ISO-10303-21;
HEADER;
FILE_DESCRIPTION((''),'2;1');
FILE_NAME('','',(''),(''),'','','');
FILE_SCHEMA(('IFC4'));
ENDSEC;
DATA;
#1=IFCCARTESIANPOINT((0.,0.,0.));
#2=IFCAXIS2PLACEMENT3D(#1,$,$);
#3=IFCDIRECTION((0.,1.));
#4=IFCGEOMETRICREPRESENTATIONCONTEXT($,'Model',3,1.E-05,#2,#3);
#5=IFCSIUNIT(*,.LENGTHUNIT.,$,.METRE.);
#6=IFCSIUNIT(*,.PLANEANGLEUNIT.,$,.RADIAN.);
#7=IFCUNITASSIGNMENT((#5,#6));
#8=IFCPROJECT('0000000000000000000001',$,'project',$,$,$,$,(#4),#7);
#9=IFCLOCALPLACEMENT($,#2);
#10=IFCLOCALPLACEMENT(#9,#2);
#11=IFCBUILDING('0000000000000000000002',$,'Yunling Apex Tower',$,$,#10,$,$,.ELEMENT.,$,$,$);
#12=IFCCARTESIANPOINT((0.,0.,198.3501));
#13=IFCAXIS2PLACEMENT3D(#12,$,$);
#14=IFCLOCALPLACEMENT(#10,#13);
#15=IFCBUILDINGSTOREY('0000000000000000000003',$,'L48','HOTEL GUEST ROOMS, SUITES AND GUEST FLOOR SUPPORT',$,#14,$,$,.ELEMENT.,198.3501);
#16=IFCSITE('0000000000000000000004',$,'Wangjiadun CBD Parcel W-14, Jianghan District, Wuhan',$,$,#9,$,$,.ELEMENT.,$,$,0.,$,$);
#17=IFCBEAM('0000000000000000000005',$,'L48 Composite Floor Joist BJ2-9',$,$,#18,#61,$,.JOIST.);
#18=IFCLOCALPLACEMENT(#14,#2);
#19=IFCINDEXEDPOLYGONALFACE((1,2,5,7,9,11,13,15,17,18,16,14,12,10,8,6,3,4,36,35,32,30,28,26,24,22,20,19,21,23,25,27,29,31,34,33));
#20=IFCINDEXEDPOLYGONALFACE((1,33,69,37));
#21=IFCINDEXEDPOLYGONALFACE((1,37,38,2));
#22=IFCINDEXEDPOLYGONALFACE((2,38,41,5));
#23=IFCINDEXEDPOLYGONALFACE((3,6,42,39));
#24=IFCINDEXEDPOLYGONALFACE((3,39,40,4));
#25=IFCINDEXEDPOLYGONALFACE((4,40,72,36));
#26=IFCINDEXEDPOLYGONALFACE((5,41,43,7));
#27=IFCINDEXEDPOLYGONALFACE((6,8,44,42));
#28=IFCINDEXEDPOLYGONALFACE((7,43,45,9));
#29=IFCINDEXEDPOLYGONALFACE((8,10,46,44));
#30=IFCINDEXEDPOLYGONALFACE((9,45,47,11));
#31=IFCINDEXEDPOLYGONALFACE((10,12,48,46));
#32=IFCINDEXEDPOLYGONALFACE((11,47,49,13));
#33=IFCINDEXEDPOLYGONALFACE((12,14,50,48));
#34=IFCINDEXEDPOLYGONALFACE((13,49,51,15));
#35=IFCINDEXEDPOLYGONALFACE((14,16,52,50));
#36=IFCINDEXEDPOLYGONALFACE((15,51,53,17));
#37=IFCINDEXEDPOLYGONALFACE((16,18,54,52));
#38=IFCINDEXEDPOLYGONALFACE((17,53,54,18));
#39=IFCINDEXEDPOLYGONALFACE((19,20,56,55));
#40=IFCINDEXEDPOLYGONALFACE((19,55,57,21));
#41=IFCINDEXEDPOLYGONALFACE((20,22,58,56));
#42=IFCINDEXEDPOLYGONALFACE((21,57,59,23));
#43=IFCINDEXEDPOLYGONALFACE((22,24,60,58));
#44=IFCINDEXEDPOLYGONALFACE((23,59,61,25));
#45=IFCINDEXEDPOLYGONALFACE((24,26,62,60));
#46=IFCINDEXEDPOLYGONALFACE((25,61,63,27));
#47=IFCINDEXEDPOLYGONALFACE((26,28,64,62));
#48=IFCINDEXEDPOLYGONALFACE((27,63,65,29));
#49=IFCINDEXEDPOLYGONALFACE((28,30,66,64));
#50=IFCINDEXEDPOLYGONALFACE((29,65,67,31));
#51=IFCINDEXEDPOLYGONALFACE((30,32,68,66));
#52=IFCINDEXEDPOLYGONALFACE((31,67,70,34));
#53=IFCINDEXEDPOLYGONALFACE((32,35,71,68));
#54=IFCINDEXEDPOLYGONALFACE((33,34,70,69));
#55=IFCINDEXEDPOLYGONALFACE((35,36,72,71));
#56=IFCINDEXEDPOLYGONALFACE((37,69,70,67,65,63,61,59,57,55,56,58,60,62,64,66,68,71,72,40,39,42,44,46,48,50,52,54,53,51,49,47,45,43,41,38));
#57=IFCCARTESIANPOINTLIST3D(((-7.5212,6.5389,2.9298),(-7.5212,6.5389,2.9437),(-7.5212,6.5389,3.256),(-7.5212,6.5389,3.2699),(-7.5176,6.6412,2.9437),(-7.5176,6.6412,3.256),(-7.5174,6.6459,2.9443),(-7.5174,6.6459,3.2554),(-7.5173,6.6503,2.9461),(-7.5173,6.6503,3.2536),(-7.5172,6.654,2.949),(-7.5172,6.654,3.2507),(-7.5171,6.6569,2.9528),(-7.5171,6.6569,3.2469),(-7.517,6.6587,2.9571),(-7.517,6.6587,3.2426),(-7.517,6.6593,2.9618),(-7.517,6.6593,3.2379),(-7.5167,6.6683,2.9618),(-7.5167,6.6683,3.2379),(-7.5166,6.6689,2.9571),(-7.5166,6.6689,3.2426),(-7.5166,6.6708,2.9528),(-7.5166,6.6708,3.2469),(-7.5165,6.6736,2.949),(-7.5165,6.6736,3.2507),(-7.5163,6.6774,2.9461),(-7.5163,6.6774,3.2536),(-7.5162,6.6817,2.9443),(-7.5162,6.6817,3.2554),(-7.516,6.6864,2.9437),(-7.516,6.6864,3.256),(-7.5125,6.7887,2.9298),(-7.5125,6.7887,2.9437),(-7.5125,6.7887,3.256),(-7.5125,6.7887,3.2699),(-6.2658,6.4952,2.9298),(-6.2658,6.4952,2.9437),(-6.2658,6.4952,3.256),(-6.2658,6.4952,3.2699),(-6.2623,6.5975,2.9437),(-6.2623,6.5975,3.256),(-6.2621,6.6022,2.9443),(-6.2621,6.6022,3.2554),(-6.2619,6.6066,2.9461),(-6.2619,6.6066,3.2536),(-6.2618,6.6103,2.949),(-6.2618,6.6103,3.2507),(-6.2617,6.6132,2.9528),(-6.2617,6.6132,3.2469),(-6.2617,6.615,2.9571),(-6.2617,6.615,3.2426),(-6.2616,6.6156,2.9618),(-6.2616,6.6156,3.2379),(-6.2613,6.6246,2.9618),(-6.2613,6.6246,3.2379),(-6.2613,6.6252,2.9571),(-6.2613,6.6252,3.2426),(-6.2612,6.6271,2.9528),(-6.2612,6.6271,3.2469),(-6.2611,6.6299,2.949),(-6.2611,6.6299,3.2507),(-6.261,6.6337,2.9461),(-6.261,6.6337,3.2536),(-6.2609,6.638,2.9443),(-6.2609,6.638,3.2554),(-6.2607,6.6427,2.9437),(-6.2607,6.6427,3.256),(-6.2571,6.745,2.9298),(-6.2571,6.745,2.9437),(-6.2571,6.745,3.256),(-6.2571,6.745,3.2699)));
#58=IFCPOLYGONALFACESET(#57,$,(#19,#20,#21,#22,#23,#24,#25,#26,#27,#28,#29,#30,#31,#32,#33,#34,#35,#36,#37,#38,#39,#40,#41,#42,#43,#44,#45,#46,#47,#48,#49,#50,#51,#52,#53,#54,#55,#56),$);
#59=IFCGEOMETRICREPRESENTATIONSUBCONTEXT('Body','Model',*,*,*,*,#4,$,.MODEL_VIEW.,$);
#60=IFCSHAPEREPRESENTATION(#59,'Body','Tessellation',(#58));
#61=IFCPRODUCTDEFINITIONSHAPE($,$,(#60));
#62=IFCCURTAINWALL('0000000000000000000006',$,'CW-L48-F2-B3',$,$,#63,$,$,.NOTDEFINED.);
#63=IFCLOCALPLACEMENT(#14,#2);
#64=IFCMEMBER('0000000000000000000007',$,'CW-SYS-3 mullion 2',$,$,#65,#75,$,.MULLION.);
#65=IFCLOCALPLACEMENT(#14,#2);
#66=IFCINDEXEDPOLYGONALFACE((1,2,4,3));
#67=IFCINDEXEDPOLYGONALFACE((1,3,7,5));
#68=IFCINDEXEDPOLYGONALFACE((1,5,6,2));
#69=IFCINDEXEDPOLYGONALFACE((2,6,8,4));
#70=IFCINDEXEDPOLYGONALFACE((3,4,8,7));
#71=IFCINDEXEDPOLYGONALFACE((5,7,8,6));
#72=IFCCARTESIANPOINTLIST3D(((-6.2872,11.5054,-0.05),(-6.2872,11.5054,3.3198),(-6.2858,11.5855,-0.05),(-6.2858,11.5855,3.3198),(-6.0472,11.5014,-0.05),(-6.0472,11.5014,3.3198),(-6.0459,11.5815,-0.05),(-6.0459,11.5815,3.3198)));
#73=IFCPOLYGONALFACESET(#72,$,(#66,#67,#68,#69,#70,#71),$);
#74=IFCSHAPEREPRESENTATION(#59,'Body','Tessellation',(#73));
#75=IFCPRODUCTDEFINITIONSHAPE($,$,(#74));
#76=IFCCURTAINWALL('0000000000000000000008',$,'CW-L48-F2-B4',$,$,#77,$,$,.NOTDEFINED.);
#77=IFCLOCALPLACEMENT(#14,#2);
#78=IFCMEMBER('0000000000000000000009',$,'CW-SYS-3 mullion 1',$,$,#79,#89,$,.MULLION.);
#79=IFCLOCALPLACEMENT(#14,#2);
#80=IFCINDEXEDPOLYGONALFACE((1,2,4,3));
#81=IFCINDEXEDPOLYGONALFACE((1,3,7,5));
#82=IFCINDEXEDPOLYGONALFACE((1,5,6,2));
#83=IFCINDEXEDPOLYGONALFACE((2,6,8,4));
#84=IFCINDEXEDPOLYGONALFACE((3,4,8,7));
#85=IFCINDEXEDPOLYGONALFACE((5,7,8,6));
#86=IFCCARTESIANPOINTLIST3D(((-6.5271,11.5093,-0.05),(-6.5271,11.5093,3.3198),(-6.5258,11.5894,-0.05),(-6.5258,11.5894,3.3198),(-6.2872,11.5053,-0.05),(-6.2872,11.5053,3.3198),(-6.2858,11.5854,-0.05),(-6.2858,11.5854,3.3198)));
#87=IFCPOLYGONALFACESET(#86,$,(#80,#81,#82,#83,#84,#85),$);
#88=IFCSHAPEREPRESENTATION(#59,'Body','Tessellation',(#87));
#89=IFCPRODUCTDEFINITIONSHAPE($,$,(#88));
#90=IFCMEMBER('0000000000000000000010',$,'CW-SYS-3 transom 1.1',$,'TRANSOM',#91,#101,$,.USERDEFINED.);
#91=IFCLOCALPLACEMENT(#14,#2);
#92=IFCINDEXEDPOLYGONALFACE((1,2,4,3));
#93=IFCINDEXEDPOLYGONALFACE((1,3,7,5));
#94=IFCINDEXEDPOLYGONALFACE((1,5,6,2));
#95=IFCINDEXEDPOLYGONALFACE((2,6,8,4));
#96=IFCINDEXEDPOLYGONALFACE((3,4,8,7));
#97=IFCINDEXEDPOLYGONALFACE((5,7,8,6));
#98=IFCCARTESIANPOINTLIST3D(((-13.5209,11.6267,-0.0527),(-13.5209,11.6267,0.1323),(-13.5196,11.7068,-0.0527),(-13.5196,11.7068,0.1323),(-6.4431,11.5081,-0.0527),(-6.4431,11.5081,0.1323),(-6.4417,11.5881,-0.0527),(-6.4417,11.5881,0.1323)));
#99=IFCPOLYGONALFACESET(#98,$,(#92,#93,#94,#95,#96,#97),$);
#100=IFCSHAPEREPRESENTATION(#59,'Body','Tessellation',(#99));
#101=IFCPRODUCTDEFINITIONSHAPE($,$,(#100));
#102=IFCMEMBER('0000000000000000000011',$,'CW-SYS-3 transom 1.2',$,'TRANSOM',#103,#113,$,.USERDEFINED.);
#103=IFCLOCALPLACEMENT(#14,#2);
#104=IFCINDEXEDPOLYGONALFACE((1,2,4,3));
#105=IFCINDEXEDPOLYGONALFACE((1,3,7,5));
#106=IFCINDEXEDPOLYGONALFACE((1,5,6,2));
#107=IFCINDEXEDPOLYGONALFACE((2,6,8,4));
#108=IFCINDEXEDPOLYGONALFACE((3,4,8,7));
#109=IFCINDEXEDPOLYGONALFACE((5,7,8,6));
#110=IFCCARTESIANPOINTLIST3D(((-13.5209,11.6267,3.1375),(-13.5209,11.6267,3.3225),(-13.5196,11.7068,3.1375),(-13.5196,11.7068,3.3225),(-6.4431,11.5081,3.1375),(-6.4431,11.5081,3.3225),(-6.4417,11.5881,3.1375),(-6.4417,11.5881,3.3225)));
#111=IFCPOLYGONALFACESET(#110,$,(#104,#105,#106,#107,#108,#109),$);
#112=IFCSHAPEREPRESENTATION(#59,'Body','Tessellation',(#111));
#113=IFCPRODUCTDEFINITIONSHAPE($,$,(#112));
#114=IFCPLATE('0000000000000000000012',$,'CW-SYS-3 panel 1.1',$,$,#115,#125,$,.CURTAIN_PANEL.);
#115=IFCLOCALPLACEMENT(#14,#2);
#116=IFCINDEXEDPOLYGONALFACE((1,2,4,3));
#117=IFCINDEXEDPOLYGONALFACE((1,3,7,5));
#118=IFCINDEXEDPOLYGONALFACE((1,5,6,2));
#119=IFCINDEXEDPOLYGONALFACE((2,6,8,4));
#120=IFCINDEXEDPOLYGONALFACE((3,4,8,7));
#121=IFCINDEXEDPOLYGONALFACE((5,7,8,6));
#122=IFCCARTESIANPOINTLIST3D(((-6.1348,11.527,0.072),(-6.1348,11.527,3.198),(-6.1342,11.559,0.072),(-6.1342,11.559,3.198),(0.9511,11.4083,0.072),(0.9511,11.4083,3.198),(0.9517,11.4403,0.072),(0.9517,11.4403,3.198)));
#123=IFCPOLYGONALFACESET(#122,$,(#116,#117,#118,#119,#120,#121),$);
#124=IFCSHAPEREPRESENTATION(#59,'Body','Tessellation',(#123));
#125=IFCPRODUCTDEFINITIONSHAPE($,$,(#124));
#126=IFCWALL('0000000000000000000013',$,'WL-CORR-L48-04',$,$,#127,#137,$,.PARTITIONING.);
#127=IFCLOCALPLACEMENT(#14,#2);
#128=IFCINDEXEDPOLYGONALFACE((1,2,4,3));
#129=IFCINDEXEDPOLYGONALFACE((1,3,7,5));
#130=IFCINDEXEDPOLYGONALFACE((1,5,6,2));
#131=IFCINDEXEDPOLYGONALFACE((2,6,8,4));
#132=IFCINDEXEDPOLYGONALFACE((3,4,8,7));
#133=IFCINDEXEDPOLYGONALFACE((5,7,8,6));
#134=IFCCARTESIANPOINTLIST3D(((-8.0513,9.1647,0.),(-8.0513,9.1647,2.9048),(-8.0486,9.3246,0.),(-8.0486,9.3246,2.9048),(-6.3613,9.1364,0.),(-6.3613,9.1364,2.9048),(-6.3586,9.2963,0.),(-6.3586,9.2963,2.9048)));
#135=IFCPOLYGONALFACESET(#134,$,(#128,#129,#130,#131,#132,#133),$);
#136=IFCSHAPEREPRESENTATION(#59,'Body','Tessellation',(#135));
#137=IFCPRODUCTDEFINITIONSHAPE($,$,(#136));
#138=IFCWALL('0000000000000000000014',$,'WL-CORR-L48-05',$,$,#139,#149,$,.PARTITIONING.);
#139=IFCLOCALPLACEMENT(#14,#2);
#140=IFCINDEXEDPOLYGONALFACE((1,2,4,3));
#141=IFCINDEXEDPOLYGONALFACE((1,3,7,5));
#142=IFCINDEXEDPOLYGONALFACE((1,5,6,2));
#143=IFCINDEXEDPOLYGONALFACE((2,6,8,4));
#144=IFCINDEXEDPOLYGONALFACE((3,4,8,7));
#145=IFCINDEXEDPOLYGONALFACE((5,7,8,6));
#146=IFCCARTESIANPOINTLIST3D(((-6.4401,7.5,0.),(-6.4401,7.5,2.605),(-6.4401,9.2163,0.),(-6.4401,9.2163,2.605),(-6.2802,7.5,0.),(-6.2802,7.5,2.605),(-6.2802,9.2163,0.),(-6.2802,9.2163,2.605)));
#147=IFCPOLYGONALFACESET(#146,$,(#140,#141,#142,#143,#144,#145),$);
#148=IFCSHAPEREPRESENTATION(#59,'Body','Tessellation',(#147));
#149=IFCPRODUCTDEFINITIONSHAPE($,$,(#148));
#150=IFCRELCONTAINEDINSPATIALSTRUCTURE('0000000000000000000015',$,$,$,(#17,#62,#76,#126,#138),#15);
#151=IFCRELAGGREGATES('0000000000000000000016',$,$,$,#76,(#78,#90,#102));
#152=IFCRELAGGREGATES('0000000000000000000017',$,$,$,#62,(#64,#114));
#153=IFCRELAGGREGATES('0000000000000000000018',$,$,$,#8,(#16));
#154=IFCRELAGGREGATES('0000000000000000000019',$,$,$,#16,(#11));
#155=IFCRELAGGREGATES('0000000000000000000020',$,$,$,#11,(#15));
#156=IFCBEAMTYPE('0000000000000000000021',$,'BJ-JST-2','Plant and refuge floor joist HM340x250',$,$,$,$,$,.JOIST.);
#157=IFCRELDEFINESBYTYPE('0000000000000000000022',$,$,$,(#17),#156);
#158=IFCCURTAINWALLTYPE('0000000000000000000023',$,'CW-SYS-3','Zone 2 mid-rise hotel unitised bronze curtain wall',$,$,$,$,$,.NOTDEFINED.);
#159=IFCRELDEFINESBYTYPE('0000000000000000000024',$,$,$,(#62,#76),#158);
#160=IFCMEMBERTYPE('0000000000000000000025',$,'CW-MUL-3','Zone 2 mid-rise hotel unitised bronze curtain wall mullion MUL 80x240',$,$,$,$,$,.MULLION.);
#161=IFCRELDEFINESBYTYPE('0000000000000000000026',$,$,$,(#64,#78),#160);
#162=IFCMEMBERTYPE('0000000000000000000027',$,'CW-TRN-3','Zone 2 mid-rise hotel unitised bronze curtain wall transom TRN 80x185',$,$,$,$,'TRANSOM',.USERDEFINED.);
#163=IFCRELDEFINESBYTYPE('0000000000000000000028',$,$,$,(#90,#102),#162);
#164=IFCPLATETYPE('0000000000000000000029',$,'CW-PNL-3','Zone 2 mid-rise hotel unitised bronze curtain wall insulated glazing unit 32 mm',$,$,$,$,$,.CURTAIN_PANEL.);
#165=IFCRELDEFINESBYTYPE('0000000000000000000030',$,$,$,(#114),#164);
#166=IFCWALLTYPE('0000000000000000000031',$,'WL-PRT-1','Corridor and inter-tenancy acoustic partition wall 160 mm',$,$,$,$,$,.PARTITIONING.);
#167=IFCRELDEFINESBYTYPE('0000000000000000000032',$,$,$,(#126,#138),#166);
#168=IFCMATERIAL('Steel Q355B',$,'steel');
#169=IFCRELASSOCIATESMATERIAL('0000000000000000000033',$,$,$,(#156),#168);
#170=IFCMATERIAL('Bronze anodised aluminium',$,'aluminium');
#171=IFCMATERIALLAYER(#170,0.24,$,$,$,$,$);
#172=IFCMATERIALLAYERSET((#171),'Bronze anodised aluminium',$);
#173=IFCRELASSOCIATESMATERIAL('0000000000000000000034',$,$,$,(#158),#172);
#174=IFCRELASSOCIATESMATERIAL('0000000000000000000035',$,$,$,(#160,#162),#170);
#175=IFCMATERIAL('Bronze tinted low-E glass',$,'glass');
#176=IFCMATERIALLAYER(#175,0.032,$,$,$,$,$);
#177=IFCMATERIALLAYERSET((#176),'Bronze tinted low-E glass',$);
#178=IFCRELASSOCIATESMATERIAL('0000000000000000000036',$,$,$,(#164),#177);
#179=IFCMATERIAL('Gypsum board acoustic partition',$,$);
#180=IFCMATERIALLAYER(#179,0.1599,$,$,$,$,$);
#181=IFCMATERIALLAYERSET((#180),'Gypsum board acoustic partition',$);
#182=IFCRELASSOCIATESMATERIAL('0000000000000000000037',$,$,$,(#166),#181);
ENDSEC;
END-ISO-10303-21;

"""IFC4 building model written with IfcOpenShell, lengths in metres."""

from ifc_helpers import new_model, si_unit, direction, frame, frame_2d, origin, origin_2d, place, context, subcontext, project, spatial, rectangle, i_section, extrude, source, transform, mapped, material, layer, layer_set, material_profile, profile_set, type_object, element, aggregate, save


model = new_model("IFC4")

# Units and contexts
model_context = context("Model", 3, precision=1e-05, world=origin(), true_north=direction((0.0, 1.0)))
body_context = subcontext(model_context, "Body", "Model", "MODEL_VIEW")
ifc_project = project(units=[si_unit("LENGTHUNIT", "METRE"), si_unit("PLANEANGLEUNIT", "RADIAN")], contexts=[model_context])

# Site, building, storey
site_placement = place(None, origin())
site = spatial("IfcSite", under=ifc_project, at=site_placement, Name="Wangjiadun CBD Parcel W-14, Jianghan District, Wuhan", CompositionType="ELEMENT", RefElevation=0.0)
building_placement = place(site_placement, origin())
building = spatial("IfcBuilding", under=site, at=building_placement, Name="Yunling Apex Tower", CompositionType="ELEMENT")
storey_placement = place(building_placement, frame((0.0, 0.0, 198.3501)))
storey = spatial("IfcBuildingStorey", under=building, at=storey_placement, Name="L48", Description="HOTEL GUEST ROOMS, SUITES AND GUEST FLOOR SUPPORT", CompositionType="ELEMENT", Elevation=198.3501)

# Beam
ifc_material_1 = material(Name="Steel Q355B", Category="steel")
ifc_material_profile_1 = material_profile(ifc_material_1, i_section(OverallWidth=0.25, OverallDepth=0.3401, WebThickness=0.009, FlangeThickness=0.0139, FilletRadius=0.0181, at=origin_2d()))
ifc_profile_set_1 = profile_set([ifc_material_profile_1], Name="Steel Q355B")
beam_type_1 = type_object("IfcBeamType", Name="BJ-JST-2", Description="Plant and refuge floor joist HM340x250", PredefinedType="JOIST", material=ifc_profile_set_1)
shared_shape_1 = source(origin(), body_context, "Body", "SweptSolid", [
    extrude(i_section(OverallWidth=0.25, OverallDepth=0.3401, WebThickness=0.009, FlangeThickness=0.0139, FilletRadius=0.0181, at=origin_2d()), origin(), (0.0, 0.0, 1.0), 1.2561),
])
beam_1_placement = place(storey_placement, frame((-6.2615, 6.6201, 3.0999), z_axis=(-0.999395, 0.03479, 0.0), x_axis=(-0.03479, -0.999395, 0.0)))
element("IfcBeam", 1, at=beam_1_placement, inside=storey, type_object=beam_type_1, Name="L48 Composite Floor Joist BJ2-9", PredefinedType="JOIST", context=body_context, shape_type="MappedRepresentation", body=[
    mapped(shared_shape_1, transform((0.0, 0.0, 0.0), scale=1.0)),
])

# Curtain wall, member
ifc_material_2 = material(Name="Bronze anodised aluminium", Category="aluminium")
ifc_layer_1 = layer(ifc_material_2, 0.24)
ifc_layer_set_1 = layer_set([ifc_layer_1], Name="Bronze anodised aluminium")
curtain_wall_type = type_object("IfcCurtainWallType", Name="CW-SYS-3", Description="Zone 2 mid-rise hotel unitised bronze curtain wall", PredefinedType="NOTDEFINED", material=ifc_layer_set_1)
curtain_wall_1_placement = place(storey_placement, origin())
curtain_wall_1 = element("IfcCurtainWall", 2, at=curtain_wall_1_placement, inside=storey, type_object=curtain_wall_type, Name="CW-L48-F2-B3", PredefinedType="NOTDEFINED")
ifc_material_profile_2 = material_profile(ifc_material_2, rectangle(XDim=0.0801, YDim=0.24, at=origin_2d()))
ifc_profile_set_2 = profile_set([ifc_material_profile_2], Name="Bronze anodised aluminium")
member_type_1 = type_object("IfcMemberType", Name="CW-MUL-3", Description="Zone 2 mid-rise hotel unitised bronze curtain wall mullion MUL 80x240", PredefinedType="MULLION", material=ifc_profile_set_2)
shared_shape_2 = source(origin(), body_context, "Body", "SweptSolid", [
    extrude(rectangle(XDim=0.0801, YDim=0.24, at=origin_2d()), origin(), (0.0, 0.0, 1.0), 3.3699),
])
member_1_placement = place(storey_placement, frame((-6.1665, 11.5435, -0.05), z_axis=(0.0, 0.0, 1.0), x_axis=(-0.016747, -0.99986, 0.0)))
member_1 = element("IfcMember", 3, at=member_1_placement, type_object=member_type_1, Name="CW-SYS-3 mullion 2", PredefinedType="MULLION", context=body_context, shape_type="MappedRepresentation", body=[
    mapped(shared_shape_2, transform((0.0, 0.0, 0.0), scale=1.0)),
])

# Curtain wall, members
curtain_wall_2_placement = place(storey_placement, origin())
curtain_wall_2 = element("IfcCurtainWall", 4, at=curtain_wall_2_placement, inside=storey, type_object=curtain_wall_type, Name="CW-L48-F2-B4", PredefinedType="NOTDEFINED")
member_2_placement = place(storey_placement, frame((-6.4065, 11.5474, -0.05), z_axis=(0.0, 0.0, 1.0), x_axis=(-0.016761, -0.99986, 0.0)))
member_2 = element("IfcMember", 5, at=member_2_placement, type_object=member_type_1, Name="CW-SYS-3 mullion 1", PredefinedType="MULLION", context=body_context, shape_type="MappedRepresentation", body=[
    mapped(shared_shape_2, transform((0.0, 0.0, 0.0), scale=1.0)),
])
ifc_material_profile_3 = material_profile(ifc_material_2, rectangle(XDim=0.0801, YDim=0.1851, at=origin_2d()))
ifc_profile_set_3 = profile_set([ifc_material_profile_3], Name="Bronze anodised aluminium")
member_type_2 = type_object("IfcMemberType", Name="CW-TRN-3", Description="Zone 2 mid-rise hotel unitised bronze curtain wall transom TRN 80x185", ElementType="TRANSOM", PredefinedType="USERDEFINED", material=ifc_profile_set_3)
shared_shape_3 = source(origin(), body_context, "Body", "SweptSolid", [
    extrude(rectangle(XDim=0.0801, YDim=0.1851, at=origin_2d()), origin(), (0.0, 0.0, 1.0), 7.0789),
])
member_3_placement = place(storey_placement, frame((-6.4424, 11.5481, 0.0398), z_axis=(-0.99986, 0.016761, 0.0), x_axis=(-0.016761, -0.99986, 0.0)))
member_3 = element("IfcMember", 6, at=member_3_placement, type_object=member_type_2, Name="CW-SYS-3 transom 1.1", ObjectType="TRANSOM", PredefinedType="USERDEFINED", context=body_context, shape_type="MappedRepresentation", body=[
    mapped(shared_shape_3, transform((0.0, 0.0, 0.0), scale=1.0)),
])
member_4_placement = place(storey_placement, frame((-6.4424, 11.5481, 3.23), z_axis=(-0.99986, 0.016761, 0.0), x_axis=(-0.016761, -0.99986, 0.0)))
member_4 = element("IfcMember", 7, at=member_4_placement, type_object=member_type_2, Name="CW-SYS-3 transom 1.2", ObjectType="TRANSOM", PredefinedType="USERDEFINED", context=body_context, shape_type="MappedRepresentation", body=[
    mapped(shared_shape_3, transform((0.0, 0.0, 0.0), scale=1.0)),
])
aggregate(curtain_wall_2, [member_2, member_3, member_4])

# Plate
ifc_material_3 = material(Name="Bronze tinted low-E glass", Category="glass")
ifc_layer_2 = layer(ifc_material_3, 0.032)
ifc_layer_set_2 = layer_set([ifc_layer_2], Name="Bronze tinted low-E glass")
plate_type = type_object("IfcPlateType", Name="CW-PNL-3", Description="Zone 2 mid-rise hotel unitised bronze curtain wall insulated glazing unit 32 mm", PredefinedType="CURTAIN_PANEL", material=ifc_layer_set_2)
shared_shape_4 = source(origin(), body_context, "Body", "SweptSolid", [
    extrude(rectangle(XDim=7.0869, YDim=0.032, at=origin_2d()), origin(), (0.0, 0.0, 1.0), 3.126),
])
plate_placement = place(storey_placement, frame((-2.5916, 11.4836, 0.072), z_axis=(0.0, 0.0, 1.0), x_axis=(-0.99986, 0.016747, 0.0)))
plate = element("IfcPlate", 8, at=plate_placement, type_object=plate_type, Name="CW-SYS-3 panel 1.1", PredefinedType="CURTAIN_PANEL", context=body_context, shape_type="MappedRepresentation", body=[
    mapped(shared_shape_4, transform((0.0, 0.0, 0.0), scale=1.0)),
])
aggregate(curtain_wall_1, [member_1, plate])

# Walls
ifc_material_4 = material(Name="Gypsum board acoustic partition")
ifc_layer_3 = layer(ifc_material_4, 0.1599)
ifc_layer_set_3 = layer_set([ifc_layer_3], Name="Gypsum board acoustic partition")
wall_type_1 = type_object("IfcWallType", Name="WL-PRT-1", Description="Corridor and inter-tenancy acoustic partition wall 160 mm", PredefinedType="PARTITIONING", material=ifc_layer_set_3)
wall_1_placement = place(storey_placement, frame((-8.05, 9.2446, 0.0), z_axis=(0.0, 0.0, 1.0), x_axis=(0.99986, -0.016756, 0.0)))
element("IfcWall", 9, at=wall_1_placement, inside=storey, type_object=wall_type_1, Name="WL-CORR-L48-04", PredefinedType="PARTITIONING", context=body_context, shape_type="SweptSolid", body=[
    extrude(rectangle(XDim=1.6902, YDim=0.1599, at=frame_2d((0.8452, 0.0))), origin(), (0.0, 0.0, 1.0), 2.9048),
])
wall_2_placement = place(storey_placement, frame((-6.3601, 9.2163, 0.0), z_axis=(0.0, 0.0, 1.0), x_axis=(0.0, -1.0, 0.0)))
element("IfcWall", 10, at=wall_2_placement, inside=storey, type_object=wall_type_1, Name="WL-CORR-L48-05", PredefinedType="PARTITIONING", context=body_context, shape_type="SweptSolid", body=[
    extrude(rectangle(XDim=1.7163, YDim=0.1599, at=frame_2d((0.8582, 0.0))), origin(), (0.0, 0.0, 1.0), 2.605),
])

save(model, "model.ifc")
